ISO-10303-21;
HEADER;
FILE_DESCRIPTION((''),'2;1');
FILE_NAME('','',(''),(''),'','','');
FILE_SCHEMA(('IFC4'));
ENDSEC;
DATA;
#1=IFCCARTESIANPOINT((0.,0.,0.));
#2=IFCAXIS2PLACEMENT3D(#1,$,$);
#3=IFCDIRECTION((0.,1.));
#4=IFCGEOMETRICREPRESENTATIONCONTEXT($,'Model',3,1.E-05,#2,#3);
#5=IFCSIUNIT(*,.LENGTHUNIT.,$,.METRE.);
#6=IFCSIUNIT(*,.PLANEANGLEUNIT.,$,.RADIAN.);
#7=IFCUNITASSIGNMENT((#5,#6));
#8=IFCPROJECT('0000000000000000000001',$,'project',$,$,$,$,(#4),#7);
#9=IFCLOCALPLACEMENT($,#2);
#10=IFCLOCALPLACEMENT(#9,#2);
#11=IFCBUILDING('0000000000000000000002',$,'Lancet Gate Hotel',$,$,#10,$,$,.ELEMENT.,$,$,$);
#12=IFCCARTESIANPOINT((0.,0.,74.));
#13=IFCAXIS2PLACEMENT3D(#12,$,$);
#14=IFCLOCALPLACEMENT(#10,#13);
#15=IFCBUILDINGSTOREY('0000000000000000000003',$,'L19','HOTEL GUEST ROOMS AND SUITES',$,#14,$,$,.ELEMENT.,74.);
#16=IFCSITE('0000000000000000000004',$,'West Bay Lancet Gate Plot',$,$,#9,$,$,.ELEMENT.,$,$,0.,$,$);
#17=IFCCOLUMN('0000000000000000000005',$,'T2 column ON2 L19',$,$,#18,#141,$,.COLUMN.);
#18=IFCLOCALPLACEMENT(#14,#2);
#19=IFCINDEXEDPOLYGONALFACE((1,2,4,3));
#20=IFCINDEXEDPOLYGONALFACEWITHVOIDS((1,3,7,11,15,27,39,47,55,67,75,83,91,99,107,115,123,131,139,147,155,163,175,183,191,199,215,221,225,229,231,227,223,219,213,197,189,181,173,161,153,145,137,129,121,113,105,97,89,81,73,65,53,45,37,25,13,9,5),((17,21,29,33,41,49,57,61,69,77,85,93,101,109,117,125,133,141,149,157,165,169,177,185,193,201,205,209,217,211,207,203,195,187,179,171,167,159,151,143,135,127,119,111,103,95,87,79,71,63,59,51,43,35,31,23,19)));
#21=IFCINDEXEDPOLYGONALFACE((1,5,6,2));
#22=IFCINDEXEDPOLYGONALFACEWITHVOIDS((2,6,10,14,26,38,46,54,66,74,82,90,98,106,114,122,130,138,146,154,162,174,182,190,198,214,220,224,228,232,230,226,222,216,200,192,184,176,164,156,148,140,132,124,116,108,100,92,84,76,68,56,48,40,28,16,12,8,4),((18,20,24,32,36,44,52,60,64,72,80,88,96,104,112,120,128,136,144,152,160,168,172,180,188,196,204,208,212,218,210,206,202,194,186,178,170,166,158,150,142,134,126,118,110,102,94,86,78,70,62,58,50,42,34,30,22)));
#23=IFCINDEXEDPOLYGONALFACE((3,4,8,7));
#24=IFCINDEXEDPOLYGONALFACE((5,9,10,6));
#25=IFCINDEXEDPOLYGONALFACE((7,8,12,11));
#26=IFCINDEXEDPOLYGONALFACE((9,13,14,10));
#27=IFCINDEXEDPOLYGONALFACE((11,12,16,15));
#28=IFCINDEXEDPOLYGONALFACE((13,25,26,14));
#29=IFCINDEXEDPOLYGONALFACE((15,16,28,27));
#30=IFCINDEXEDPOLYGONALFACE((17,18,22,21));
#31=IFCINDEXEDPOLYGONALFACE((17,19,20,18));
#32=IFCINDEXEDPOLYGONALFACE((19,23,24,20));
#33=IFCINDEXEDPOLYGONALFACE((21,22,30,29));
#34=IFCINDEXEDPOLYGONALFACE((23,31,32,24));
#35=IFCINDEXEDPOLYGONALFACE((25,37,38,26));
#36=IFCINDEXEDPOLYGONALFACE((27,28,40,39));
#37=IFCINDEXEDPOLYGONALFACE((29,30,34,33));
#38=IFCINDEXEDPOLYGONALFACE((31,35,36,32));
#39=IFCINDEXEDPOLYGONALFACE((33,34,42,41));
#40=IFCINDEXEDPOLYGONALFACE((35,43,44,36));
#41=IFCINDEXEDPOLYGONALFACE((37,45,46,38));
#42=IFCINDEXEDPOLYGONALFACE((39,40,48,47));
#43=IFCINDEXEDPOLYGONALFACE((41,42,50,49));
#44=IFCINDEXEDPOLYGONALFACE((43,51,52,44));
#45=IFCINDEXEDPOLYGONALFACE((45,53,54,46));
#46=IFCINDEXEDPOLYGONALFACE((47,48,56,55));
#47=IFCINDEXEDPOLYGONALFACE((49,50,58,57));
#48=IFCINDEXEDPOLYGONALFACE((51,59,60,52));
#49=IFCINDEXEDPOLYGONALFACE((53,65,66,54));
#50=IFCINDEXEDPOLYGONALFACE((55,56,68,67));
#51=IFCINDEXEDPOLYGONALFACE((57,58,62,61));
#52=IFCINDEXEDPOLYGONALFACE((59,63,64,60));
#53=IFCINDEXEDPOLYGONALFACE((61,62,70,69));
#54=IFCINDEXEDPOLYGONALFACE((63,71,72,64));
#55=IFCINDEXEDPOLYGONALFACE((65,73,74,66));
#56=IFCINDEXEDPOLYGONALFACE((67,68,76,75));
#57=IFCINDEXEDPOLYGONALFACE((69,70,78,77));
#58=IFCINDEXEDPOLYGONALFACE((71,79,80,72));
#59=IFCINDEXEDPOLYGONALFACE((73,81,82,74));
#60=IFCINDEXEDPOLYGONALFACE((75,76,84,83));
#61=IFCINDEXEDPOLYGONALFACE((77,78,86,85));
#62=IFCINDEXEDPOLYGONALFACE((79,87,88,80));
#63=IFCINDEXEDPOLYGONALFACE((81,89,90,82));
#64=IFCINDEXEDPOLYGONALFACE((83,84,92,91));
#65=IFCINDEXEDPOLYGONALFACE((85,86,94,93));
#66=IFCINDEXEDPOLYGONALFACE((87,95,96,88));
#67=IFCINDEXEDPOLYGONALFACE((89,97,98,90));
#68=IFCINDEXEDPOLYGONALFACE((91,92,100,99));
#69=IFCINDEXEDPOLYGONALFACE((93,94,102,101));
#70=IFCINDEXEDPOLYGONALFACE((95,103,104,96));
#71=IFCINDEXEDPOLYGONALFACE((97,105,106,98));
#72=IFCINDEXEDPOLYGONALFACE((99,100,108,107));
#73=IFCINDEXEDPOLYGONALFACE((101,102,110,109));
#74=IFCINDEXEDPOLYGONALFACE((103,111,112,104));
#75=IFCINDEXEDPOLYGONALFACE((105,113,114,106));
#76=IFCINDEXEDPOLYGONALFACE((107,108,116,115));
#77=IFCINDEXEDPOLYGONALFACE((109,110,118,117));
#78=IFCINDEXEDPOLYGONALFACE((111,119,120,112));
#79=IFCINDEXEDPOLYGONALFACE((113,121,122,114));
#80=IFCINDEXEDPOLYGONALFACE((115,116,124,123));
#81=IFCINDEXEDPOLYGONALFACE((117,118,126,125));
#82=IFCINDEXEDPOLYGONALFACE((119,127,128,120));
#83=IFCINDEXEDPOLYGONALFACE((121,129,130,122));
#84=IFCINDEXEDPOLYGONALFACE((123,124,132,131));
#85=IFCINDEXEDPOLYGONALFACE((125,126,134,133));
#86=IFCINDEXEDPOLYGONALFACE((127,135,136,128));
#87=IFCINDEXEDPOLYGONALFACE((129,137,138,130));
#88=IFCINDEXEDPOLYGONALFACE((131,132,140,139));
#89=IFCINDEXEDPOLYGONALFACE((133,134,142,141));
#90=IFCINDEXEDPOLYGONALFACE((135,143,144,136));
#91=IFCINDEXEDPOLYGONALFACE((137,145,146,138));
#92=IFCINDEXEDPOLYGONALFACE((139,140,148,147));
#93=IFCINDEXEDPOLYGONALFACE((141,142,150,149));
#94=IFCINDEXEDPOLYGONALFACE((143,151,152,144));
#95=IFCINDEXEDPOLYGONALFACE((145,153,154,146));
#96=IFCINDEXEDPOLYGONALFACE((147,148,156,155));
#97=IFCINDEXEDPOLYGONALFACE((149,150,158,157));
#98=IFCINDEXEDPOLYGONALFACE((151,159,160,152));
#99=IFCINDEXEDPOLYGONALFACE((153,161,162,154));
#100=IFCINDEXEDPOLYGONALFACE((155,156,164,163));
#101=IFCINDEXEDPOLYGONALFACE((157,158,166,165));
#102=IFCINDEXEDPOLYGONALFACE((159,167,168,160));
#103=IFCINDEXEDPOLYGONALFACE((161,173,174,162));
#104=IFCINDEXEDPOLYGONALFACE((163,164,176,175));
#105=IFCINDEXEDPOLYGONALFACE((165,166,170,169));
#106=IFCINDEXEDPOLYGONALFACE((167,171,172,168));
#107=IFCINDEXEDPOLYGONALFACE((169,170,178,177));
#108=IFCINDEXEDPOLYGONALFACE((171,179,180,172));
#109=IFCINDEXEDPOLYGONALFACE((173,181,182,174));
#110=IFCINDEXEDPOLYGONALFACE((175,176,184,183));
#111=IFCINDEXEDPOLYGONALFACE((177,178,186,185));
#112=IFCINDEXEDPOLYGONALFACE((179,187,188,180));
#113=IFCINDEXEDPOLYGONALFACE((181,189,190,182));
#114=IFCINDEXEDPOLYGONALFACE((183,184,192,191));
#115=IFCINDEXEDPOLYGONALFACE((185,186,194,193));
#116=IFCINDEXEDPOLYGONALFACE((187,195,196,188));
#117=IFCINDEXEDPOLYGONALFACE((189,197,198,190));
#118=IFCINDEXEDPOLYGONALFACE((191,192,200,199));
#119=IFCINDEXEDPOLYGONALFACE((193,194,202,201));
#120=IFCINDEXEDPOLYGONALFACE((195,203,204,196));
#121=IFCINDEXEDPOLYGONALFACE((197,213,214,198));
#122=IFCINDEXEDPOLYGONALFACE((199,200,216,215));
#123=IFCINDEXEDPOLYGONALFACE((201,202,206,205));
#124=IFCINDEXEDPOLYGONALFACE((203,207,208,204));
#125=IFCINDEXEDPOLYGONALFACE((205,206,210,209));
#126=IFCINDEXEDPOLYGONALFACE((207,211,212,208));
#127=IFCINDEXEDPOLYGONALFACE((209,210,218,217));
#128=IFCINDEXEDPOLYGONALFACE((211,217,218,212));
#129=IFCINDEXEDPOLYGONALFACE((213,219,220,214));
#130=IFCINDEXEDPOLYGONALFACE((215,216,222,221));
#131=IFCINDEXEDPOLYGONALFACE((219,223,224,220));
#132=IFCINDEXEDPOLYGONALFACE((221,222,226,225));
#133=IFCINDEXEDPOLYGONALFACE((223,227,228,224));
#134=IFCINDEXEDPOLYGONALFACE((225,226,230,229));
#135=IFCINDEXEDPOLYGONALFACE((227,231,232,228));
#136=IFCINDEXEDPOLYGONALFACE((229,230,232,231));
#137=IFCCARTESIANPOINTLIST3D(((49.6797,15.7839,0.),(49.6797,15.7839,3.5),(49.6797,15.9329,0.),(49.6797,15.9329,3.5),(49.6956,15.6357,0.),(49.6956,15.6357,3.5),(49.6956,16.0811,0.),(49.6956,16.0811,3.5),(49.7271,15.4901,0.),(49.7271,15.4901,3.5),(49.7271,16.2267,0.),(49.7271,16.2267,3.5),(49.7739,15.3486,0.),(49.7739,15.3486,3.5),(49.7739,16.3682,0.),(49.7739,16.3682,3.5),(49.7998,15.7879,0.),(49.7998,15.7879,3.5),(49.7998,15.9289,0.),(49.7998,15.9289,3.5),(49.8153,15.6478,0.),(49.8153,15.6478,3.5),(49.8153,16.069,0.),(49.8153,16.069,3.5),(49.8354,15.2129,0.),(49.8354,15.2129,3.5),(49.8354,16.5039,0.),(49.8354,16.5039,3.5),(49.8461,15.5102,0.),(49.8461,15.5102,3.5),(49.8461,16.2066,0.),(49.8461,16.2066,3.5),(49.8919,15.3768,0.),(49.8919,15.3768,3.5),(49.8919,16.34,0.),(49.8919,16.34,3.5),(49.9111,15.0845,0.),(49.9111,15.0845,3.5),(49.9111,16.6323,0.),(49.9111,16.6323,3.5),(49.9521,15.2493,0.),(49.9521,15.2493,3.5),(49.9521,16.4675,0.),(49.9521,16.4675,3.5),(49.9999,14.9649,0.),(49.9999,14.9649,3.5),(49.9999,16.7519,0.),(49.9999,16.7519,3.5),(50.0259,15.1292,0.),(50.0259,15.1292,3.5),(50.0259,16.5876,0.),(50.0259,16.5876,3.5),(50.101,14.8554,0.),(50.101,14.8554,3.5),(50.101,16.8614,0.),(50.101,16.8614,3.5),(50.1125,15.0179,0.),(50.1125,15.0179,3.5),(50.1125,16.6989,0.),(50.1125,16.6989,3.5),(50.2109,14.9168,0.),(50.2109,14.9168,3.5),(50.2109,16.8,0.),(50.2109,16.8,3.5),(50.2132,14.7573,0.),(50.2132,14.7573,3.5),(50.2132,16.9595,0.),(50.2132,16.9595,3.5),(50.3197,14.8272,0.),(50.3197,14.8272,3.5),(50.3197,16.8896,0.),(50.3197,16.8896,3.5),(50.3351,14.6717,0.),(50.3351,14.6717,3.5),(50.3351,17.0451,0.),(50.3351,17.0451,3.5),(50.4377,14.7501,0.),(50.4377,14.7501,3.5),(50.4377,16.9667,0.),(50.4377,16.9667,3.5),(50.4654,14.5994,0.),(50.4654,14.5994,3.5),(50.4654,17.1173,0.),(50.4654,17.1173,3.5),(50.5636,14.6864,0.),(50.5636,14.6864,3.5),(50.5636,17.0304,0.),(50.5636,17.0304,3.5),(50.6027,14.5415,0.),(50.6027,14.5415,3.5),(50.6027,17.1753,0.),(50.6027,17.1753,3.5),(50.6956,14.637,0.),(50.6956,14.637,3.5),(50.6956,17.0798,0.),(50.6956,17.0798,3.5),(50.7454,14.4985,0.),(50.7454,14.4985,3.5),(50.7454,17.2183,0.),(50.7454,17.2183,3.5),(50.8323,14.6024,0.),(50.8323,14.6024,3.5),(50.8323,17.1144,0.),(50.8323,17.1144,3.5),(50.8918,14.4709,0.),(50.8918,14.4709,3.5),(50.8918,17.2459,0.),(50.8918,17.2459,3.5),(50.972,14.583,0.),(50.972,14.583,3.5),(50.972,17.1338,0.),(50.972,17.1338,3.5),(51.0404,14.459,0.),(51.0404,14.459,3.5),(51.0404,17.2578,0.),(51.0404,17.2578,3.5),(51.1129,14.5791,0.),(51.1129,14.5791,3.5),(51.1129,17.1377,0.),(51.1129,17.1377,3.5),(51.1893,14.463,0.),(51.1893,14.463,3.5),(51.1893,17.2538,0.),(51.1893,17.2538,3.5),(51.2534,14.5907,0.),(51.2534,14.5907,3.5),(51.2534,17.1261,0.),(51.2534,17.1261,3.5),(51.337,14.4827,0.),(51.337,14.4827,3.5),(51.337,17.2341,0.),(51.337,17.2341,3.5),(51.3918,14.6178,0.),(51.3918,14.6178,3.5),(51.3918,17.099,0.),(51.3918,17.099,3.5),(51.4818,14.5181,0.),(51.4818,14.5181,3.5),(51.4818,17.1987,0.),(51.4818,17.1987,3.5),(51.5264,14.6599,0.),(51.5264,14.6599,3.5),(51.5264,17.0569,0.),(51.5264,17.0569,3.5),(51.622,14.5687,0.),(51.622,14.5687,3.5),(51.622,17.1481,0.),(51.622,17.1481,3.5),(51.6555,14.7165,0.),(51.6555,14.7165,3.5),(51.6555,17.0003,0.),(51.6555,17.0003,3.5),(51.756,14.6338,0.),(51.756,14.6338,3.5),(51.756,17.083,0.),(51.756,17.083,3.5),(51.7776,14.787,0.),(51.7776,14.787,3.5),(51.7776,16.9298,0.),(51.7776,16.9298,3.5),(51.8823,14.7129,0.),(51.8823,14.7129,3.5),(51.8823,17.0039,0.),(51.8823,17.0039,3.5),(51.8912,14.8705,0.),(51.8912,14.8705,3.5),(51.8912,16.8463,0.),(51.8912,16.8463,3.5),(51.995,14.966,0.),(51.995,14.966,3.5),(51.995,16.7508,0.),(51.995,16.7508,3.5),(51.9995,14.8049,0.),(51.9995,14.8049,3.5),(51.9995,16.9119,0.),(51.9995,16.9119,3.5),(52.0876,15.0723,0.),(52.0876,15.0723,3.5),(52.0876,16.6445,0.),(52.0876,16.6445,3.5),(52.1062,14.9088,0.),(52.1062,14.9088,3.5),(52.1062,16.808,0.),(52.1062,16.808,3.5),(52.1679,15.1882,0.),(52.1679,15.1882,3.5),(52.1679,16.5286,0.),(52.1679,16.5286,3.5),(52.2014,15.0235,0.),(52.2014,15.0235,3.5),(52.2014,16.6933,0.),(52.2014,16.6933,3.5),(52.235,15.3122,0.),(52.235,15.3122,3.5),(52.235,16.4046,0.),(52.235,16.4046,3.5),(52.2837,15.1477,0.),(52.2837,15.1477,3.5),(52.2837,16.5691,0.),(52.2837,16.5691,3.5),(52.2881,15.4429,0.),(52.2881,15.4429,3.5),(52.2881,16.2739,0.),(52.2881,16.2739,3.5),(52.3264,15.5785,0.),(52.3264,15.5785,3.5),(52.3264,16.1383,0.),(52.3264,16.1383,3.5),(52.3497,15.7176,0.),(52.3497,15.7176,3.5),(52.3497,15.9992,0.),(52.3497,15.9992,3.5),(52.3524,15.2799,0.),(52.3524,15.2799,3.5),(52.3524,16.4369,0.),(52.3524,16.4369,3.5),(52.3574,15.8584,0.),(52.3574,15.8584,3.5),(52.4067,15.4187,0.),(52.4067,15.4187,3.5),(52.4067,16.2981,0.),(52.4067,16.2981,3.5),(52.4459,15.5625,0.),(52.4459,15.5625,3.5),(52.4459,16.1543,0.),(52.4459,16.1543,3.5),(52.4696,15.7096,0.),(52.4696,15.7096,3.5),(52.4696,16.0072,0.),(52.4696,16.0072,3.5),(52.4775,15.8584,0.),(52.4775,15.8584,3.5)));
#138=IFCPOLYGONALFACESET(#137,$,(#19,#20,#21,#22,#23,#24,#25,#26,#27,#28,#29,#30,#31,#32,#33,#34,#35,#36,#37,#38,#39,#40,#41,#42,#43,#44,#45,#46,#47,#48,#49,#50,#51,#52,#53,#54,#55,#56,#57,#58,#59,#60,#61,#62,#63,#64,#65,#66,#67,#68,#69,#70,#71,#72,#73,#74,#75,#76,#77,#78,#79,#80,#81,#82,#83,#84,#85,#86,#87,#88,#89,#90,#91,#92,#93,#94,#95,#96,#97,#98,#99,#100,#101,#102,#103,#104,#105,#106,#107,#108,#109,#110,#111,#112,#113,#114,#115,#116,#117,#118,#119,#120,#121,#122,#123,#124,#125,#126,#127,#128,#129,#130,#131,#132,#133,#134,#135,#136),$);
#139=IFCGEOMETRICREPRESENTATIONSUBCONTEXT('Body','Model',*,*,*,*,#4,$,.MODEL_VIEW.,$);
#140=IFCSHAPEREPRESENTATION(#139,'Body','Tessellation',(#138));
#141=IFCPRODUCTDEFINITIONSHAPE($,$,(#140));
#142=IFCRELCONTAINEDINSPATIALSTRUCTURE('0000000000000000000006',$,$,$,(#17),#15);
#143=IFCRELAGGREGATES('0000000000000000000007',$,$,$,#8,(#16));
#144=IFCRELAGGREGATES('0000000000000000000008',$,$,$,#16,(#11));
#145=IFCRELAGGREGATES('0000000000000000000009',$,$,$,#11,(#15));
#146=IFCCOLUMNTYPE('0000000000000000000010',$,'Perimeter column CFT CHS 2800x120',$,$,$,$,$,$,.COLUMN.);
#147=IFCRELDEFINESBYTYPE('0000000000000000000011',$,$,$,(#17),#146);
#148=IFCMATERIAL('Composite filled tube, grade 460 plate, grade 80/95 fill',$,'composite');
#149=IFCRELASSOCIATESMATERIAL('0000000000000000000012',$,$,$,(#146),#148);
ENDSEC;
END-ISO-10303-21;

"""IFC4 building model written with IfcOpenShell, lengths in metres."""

from ifc_helpers import new_model, si_unit, direction, frame, origin, origin_2d, place, context, subcontext, project, spatial, hollow_circle, extrude, material, material_profile, profile_set, type_object, element, save


model = new_model("IFC4")

# Units and contexts
model_context = context("Model", 3, precision=1e-05, world=origin(), true_north=direction((0.0, 1.0)))
body_context = subcontext(model_context, "Body", "Model", "MODEL_VIEW")
ifc_project = project(units=[si_unit("LENGTHUNIT", "METRE"), si_unit("PLANEANGLEUNIT", "RADIAN")], contexts=[model_context])

# Site, building, storey
site_placement = place(None, origin())
site = spatial("IfcSite", under=ifc_project, at=site_placement, Name="West Bay Lancet Gate Plot", CompositionType="ELEMENT", RefElevation=0.0)
building_placement = place(site_placement, origin())
building = spatial("IfcBuilding", under=site, at=building_placement, Name="Lancet Gate Hotel", CompositionType="ELEMENT")
storey_placement = place(building_placement, frame((0.0, 0.0, 74.0)))
storey = spatial("IfcBuildingStorey", under=building, at=storey_placement, Name="L19", Description="HOTEL GUEST ROOMS AND SUITES", CompositionType="ELEMENT", Elevation=74.0)

# Column
ifc_material_1 = material(Name="Composite filled tube, grade 460 plate, grade 80/95 fill", Category="composite")
ifc_material_profile_1 = material_profile(ifc_material_1, hollow_circle(Radius=1.3999, WallThickness=0.1201, at=origin_2d()), Name="CHS 2800x120")
ifc_profile_set_1 = profile_set([ifc_material_profile_1], Name="Composite filled tube, grade 460 plate, grade 80/95 fill")
column_type = type_object("IfcColumnType", Name="Perimeter column CFT CHS 2800x120", PredefinedType="COLUMN", material=ifc_profile_set_1)
for number, where, z_axis, x_axis, name in (
    (1, (51.0776, 15.8584, 0.0), (0.0, 0.0, 1.0), (1.0, 0.0, 0.0), "T2 column ON2 L19"),
):
    element("IfcColumn", number, at=place(storey_placement, frame(where, z_axis=z_axis, x_axis=x_axis)), inside=storey, type_object=column_type, Name=name, PredefinedType="COLUMN", context=body_context, shape_type="SweptSolid", body=[
        extrude(hollow_circle(Radius=1.3999, WallThickness=0.1201, at=origin_2d()), origin(), (0.0, 0.0, 1.0), 3.5),
    ])

save(model, "model.ifc")
